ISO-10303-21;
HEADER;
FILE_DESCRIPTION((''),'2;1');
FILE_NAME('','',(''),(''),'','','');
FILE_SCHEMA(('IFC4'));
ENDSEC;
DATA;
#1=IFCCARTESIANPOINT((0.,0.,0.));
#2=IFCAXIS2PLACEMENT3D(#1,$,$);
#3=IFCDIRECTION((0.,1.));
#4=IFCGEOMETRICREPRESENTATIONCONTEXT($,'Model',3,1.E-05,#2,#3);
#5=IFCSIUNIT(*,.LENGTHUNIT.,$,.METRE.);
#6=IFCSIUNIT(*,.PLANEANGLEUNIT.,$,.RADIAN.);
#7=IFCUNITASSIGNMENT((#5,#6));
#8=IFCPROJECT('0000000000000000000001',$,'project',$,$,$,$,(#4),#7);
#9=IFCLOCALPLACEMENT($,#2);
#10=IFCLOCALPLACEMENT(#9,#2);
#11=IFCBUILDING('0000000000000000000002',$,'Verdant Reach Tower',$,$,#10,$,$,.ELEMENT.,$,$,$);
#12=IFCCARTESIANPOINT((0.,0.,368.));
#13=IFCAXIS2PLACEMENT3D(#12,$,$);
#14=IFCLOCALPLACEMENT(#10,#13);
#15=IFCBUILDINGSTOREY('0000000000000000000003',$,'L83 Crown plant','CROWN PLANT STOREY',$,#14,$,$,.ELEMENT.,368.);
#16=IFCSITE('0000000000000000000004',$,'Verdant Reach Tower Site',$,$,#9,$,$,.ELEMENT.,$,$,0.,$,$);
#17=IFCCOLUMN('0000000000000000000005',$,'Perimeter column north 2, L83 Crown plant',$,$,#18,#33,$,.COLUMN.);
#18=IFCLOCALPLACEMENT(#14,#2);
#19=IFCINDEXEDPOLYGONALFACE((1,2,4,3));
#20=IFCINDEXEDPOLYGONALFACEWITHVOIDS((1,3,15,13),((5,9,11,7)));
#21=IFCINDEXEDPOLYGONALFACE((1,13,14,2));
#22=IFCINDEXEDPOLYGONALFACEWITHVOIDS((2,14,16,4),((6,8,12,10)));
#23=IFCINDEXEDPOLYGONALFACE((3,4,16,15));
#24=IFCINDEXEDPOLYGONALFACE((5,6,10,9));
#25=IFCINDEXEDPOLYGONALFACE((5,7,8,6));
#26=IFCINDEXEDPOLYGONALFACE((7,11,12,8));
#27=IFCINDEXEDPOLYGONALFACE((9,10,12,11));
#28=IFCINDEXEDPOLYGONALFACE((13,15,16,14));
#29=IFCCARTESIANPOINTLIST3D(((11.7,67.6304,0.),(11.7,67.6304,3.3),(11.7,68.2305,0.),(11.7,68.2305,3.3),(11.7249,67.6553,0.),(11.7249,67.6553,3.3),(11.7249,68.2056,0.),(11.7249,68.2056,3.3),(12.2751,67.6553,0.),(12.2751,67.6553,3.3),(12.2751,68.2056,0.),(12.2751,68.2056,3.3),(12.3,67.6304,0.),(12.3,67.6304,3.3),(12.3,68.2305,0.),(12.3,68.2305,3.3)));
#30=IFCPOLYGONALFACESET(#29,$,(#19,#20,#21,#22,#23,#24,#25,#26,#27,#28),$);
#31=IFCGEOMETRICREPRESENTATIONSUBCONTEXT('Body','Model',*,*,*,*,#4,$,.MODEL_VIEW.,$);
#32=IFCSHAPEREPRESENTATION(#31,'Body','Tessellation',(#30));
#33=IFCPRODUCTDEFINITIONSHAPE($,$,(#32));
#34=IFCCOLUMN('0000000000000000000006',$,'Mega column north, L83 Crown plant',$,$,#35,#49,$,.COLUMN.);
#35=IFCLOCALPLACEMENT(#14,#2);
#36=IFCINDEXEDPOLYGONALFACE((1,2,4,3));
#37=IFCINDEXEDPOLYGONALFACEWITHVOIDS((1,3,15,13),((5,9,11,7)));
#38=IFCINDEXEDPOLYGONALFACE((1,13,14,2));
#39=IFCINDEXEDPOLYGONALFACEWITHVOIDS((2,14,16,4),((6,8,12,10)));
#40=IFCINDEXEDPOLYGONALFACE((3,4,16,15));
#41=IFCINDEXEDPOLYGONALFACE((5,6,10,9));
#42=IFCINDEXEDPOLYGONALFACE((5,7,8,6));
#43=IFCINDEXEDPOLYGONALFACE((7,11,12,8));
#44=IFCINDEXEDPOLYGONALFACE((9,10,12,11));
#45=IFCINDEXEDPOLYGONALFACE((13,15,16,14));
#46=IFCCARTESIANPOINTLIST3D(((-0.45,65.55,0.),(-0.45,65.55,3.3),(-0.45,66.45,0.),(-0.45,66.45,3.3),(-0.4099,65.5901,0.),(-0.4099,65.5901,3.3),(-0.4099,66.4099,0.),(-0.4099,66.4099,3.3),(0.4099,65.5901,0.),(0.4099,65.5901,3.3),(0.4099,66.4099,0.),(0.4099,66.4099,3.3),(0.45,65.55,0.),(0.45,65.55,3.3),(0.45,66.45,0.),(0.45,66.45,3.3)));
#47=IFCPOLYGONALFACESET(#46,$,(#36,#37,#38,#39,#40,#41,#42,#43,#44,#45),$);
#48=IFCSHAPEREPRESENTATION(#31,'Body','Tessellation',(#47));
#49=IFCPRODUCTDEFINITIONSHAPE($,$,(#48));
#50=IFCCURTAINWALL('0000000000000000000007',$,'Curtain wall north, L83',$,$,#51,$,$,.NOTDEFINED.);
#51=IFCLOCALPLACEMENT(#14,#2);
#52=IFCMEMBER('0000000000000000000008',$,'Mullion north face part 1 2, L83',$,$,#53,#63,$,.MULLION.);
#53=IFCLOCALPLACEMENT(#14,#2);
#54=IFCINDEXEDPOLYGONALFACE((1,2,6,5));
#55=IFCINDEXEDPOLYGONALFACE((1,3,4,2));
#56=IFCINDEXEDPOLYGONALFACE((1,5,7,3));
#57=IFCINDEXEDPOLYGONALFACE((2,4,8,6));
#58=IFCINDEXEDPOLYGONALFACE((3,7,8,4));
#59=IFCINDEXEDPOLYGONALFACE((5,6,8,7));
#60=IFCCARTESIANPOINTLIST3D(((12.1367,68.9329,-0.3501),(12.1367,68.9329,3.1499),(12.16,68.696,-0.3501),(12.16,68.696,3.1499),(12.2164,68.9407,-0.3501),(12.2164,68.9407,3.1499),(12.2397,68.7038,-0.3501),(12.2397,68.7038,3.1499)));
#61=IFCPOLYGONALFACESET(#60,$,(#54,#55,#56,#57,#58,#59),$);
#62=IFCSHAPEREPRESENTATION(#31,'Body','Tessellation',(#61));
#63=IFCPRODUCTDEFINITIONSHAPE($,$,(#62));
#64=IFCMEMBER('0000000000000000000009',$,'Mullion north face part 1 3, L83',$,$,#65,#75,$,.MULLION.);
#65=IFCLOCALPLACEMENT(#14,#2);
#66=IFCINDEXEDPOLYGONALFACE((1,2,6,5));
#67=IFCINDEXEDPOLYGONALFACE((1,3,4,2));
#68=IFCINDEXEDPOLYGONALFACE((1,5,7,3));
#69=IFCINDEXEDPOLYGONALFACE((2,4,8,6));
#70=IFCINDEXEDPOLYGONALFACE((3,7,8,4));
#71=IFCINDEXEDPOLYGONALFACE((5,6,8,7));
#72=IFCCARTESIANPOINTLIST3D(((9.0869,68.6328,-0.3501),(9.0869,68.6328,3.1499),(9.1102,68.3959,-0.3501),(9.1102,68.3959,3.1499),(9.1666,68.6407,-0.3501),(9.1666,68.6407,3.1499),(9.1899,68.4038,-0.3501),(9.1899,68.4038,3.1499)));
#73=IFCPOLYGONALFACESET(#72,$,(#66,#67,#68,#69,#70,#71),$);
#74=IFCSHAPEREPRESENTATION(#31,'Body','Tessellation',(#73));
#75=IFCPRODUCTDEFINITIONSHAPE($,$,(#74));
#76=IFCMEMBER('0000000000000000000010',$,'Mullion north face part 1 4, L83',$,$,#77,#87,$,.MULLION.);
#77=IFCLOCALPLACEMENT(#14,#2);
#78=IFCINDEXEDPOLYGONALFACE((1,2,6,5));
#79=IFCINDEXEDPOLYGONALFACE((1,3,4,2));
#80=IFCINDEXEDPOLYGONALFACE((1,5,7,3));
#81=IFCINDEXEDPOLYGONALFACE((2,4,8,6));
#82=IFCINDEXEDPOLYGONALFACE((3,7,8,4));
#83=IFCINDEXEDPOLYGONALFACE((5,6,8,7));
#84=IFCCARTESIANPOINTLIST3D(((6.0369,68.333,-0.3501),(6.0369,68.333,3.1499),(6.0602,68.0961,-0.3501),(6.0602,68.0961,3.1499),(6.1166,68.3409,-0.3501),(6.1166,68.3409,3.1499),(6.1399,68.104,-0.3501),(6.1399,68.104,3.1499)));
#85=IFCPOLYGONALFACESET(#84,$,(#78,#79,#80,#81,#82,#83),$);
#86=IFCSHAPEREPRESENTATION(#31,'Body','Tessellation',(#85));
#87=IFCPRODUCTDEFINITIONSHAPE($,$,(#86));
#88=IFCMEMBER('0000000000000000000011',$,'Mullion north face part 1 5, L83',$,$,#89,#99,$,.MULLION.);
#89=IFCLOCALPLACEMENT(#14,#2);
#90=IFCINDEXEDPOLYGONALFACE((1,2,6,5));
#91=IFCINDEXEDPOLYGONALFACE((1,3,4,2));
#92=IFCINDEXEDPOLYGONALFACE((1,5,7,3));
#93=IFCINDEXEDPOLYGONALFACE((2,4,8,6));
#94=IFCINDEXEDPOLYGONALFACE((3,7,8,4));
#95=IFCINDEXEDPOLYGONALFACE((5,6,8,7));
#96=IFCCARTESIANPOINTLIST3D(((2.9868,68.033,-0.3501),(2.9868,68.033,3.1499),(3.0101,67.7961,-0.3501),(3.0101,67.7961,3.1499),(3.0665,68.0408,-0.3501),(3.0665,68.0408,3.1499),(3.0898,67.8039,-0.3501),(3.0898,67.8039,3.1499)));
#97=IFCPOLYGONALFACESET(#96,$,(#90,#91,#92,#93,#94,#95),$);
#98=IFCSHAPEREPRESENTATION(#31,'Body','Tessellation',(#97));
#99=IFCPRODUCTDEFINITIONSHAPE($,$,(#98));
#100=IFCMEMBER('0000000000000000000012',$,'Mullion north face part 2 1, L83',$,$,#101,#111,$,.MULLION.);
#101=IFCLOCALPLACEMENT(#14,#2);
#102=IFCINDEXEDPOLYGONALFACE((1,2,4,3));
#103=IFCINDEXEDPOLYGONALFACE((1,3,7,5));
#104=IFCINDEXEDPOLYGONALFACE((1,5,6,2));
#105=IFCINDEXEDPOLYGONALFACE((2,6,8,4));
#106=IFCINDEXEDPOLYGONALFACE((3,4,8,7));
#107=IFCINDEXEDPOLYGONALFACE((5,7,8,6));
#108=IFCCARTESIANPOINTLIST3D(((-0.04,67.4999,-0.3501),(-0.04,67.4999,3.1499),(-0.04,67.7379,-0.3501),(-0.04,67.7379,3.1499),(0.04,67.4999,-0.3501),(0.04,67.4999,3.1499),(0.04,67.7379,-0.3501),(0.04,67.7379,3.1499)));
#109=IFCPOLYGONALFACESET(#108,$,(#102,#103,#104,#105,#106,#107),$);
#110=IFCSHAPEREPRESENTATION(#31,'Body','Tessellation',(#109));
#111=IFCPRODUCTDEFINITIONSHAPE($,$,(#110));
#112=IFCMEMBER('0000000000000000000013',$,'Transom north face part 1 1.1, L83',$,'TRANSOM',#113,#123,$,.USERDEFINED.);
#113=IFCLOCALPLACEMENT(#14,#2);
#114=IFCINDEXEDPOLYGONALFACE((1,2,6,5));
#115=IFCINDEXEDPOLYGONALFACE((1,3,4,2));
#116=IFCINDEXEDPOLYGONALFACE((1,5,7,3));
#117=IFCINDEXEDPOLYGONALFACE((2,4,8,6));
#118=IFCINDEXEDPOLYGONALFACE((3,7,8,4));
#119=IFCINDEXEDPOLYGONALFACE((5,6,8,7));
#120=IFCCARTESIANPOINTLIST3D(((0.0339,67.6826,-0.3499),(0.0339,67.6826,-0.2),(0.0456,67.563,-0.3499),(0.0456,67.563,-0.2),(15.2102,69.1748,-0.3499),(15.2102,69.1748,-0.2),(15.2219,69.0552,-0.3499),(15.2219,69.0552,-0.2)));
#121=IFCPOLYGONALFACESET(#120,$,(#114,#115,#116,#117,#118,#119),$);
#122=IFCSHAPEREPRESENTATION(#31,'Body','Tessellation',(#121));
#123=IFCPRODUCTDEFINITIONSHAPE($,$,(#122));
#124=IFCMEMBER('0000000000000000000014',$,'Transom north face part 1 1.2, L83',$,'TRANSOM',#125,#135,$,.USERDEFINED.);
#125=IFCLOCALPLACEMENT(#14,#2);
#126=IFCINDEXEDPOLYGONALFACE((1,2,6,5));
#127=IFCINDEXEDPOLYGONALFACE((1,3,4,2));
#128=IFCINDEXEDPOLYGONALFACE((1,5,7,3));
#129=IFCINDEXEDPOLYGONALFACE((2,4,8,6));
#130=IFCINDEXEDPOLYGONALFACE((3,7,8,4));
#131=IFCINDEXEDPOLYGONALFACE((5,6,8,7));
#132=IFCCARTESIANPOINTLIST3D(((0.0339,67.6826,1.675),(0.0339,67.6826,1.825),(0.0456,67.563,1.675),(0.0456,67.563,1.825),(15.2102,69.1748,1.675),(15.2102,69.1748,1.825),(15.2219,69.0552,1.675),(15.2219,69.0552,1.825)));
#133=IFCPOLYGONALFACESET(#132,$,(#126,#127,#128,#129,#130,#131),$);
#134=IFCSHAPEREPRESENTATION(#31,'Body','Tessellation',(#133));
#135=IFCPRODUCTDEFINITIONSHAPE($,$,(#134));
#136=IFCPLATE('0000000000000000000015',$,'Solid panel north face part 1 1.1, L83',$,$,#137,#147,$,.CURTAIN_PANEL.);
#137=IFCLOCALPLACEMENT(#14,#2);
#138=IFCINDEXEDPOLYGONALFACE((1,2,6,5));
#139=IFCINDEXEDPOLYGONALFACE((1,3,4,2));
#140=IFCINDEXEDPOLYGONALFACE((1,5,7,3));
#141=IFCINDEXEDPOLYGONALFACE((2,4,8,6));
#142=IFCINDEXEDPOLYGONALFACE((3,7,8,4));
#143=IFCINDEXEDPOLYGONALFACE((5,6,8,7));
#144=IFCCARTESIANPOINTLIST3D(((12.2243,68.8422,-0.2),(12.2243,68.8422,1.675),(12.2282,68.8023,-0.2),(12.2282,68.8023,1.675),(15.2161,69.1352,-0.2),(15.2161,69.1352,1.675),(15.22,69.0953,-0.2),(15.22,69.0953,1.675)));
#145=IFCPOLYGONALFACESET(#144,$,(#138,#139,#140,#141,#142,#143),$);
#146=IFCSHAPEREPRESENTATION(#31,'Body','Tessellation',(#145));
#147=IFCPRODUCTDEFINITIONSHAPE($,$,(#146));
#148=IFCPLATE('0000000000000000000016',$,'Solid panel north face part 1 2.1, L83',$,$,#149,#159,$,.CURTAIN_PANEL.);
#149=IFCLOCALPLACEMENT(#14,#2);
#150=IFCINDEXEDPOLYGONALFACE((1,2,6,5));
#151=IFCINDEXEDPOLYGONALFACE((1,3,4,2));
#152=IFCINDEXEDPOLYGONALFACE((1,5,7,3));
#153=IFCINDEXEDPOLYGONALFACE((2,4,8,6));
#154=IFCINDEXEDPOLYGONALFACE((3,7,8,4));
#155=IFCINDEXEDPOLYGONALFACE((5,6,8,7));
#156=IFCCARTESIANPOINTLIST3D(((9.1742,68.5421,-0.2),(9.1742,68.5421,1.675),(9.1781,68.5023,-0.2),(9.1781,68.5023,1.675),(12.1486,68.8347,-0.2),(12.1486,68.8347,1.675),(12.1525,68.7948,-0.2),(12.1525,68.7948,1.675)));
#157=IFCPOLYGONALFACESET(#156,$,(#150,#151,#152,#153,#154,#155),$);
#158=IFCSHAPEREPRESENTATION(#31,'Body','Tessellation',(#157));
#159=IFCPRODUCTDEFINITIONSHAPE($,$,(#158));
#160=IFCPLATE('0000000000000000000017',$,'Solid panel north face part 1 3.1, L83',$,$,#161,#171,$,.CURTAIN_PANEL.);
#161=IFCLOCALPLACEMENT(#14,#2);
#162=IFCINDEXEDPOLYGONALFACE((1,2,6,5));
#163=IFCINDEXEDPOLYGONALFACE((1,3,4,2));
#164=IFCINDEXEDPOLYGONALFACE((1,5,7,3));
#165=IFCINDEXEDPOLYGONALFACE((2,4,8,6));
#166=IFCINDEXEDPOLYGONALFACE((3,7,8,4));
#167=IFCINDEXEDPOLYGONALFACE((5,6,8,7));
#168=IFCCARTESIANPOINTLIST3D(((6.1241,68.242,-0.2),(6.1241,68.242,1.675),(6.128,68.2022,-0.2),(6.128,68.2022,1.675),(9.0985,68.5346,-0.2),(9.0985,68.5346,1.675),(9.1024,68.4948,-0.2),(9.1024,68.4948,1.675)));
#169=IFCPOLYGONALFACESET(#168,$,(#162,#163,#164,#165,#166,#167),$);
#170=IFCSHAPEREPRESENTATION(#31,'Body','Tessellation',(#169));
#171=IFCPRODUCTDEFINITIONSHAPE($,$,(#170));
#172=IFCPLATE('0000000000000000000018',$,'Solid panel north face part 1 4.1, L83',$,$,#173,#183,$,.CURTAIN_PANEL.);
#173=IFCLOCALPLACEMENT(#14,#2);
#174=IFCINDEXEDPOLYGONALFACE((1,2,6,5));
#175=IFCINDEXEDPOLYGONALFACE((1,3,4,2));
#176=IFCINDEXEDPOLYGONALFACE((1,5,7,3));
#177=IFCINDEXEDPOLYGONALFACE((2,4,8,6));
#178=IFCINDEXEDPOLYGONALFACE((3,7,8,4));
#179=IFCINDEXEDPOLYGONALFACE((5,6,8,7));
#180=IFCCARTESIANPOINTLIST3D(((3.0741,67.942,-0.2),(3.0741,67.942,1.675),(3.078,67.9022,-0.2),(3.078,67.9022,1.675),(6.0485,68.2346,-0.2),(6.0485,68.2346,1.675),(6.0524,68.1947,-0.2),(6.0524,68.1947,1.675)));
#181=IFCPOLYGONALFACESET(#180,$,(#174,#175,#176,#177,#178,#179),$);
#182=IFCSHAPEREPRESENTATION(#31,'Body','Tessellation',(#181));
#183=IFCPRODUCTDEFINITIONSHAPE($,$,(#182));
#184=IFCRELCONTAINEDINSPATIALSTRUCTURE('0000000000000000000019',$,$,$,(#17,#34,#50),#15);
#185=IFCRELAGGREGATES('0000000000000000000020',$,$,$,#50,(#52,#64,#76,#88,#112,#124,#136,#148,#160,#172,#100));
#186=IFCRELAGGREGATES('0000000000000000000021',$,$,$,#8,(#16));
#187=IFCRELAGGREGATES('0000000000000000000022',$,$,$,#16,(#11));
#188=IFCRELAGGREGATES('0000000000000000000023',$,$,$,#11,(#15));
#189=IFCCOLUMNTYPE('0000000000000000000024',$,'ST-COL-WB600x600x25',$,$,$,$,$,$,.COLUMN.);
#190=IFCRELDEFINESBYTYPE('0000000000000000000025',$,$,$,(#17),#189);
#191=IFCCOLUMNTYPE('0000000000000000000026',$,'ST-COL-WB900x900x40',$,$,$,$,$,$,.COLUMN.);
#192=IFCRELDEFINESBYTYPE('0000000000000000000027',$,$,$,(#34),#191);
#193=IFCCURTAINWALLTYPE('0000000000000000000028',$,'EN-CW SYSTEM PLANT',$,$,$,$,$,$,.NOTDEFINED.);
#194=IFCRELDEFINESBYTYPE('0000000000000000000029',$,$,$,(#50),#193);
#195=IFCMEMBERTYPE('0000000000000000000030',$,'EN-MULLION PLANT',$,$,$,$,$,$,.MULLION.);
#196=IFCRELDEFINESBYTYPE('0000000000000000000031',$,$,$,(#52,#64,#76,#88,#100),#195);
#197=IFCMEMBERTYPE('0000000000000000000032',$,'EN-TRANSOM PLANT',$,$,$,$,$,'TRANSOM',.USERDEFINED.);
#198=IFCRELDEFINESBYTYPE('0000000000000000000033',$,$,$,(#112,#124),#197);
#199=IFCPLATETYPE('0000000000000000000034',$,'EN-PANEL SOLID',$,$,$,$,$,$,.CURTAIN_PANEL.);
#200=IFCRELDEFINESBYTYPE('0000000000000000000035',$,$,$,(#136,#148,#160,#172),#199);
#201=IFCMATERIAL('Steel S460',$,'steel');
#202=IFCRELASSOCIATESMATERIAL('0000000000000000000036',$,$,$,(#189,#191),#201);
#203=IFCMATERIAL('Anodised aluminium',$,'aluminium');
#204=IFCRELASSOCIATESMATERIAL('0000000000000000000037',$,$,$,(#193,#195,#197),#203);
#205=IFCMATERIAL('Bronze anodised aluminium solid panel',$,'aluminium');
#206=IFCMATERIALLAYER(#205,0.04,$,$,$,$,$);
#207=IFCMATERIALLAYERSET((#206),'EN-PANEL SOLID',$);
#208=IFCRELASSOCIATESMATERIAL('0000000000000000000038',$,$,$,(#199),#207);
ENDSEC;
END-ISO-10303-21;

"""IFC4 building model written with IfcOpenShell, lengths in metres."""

from ifc_helpers import new_model, si_unit, direction, frame, origin, origin_2d, place, context, subcontext, project, spatial, rectangle, hollow_rectangle, extrude, material, layer, layer_set, material_profile, profile_set, type_object, element, aggregate, save


model = new_model("IFC4")

# Units and contexts
model_context = context("Model", 3, precision=1e-05, world=origin(), true_north=direction((0.0, 1.0)))
body_context = subcontext(model_context, "Body", "Model", "MODEL_VIEW")
ifc_project = project(units=[si_unit("LENGTHUNIT", "METRE"), si_unit("PLANEANGLEUNIT", "RADIAN")], contexts=[model_context])

# Site, building, storey
site_placement = place(None, origin())
site = spatial("IfcSite", under=ifc_project, at=site_placement, Name="Verdant Reach Tower Site", CompositionType="ELEMENT", RefElevation=0.0)
building_placement = place(site_placement, origin())
building = spatial("IfcBuilding", under=site, at=building_placement, Name="Verdant Reach Tower", CompositionType="ELEMENT")
storey_placement = place(building_placement, frame((0.0, 0.0, 368.0)))
storey = spatial("IfcBuildingStorey", under=building, at=storey_placement, Name="L83 Crown plant", Description="CROWN PLANT STOREY", CompositionType="ELEMENT", Elevation=368.0)

# Columns
ifc_material_1 = material(Name="Steel S460", Category="steel")
ifc_material_profile_1 = material_profile(ifc_material_1, hollow_rectangle(XDim=0.6001, YDim=0.6001, WallThickness=0.0249, at=origin_2d()), Name="WB 600x600x25")
ifc_profile_set_1 = profile_set([ifc_material_profile_1], Name="Steel S460")
column_type_1 = type_object("IfcColumnType", Name="ST-COL-WB600x600x25", PredefinedType="COLUMN", material=ifc_profile_set_1)
column_1_placement = place(storey_placement, frame((12.0, 67.9304, 0.0), z_axis=(0.0, 0.0, 1.0), x_axis=(1.0, 0.0, 0.0)))
element("IfcColumn", 1, at=column_1_placement, inside=storey, type_object=column_type_1, Name="Perimeter column north 2, L83 Crown plant", PredefinedType="COLUMN", context=body_context, shape_type="SweptSolid", body=[
    extrude(hollow_rectangle(XDim=0.6001, YDim=0.6001, WallThickness=0.0249, at=origin_2d()), origin(), (0.0, 0.0, 1.0), 3.3),
])
ifc_material_profile_2 = material_profile(ifc_material_1, hollow_rectangle(XDim=0.8999, YDim=0.8999, WallThickness=0.04, at=origin_2d()), Name="WB 900x900x40")
ifc_profile_set_2 = profile_set([ifc_material_profile_2], Name="Steel S460")
column_type_2 = type_object("IfcColumnType", Name="ST-COL-WB900x900x40", PredefinedType="COLUMN", material=ifc_profile_set_2)
column_2_placement = place(storey_placement, frame((0.0, 66.0, 0.0), z_axis=(0.0, 0.0, 1.0), x_axis=(1.0, 0.0, 0.0)))
element("IfcColumn", 2, at=column_2_placement, inside=storey, type_object=column_type_2, Name="Mega column north, L83 Crown plant", PredefinedType="COLUMN", context=body_context, shape_type="SweptSolid", body=[
    extrude(hollow_rectangle(XDim=0.8999, YDim=0.8999, WallThickness=0.04, at=origin_2d()), origin(), (0.0, 0.0, 1.0), 3.3),
])

# Curtain wall, members, plates
ifc_material_2 = material(Name="Anodised aluminium", Category="aluminium")
curtain_wall_type = type_object("IfcCurtainWallType", Name="EN-CW SYSTEM PLANT", PredefinedType="NOTDEFINED", material=ifc_material_2)
curtain_wall_placement = place(storey_placement, origin())
curtain_wall = element("IfcCurtainWall", 3, at=curtain_wall_placement, inside=storey, type_object=curtain_wall_type, Name="Curtain wall north, L83", PredefinedType="NOTDEFINED")
ifc_material_profile_3 = material_profile(ifc_material_2, rectangle(XDim=0.238, YDim=0.0801, at=origin_2d()), Name="Mullion 80x240")
ifc_profile_set_3 = profile_set([ifc_material_profile_3], Name="Anodised aluminium")
member_type_1 = type_object("IfcMemberType", Name="EN-MULLION PLANT", PredefinedType="MULLION", material=ifc_profile_set_3)
member_1_placement = place(storey_placement, frame((12.1882, 68.8184, -0.3501), z_axis=(0.0, 0.0, 1.0), x_axis=(-0.097888, 0.995197, 0.0)))
member_1 = element("IfcMember", 4, at=member_1_placement, type_object=member_type_1, Name="Mullion north face part 1 2, L83", PredefinedType="MULLION", context=body_context, shape_type="SweptSolid", body=[
    extrude(rectangle(XDim=0.238, YDim=0.0801, at=origin_2d()), origin(), (0.0, 0.0, 1.0), 3.5),
])
member_2_placement = place(storey_placement, frame((9.1384, 68.5183, -0.3501), z_axis=(0.0, 0.0, 1.0), x_axis=(-0.097888, 0.995197, 0.0)))
member_2 = element("IfcMember", 5, at=member_2_placement, type_object=member_type_1, Name="Mullion north face part 1 3, L83", PredefinedType="MULLION", context=body_context, shape_type="SweptSolid", body=[
    extrude(rectangle(XDim=0.238, YDim=0.0801, at=origin_2d()), origin(), (0.0, 0.0, 1.0), 3.5),
])
member_3_placement = place(storey_placement, frame((6.0884, 68.2185, -0.3501), z_axis=(0.0, 0.0, 1.0), x_axis=(-0.097888, 0.995197, 0.0)))
member_3 = element("IfcMember", 6, at=member_3_placement, type_object=member_type_1, Name="Mullion north face part 1 4, L83", PredefinedType="MULLION", context=body_context, shape_type="SweptSolid", body=[
    extrude(rectangle(XDim=0.238, YDim=0.0801, at=origin_2d()), origin(), (0.0, 0.0, 1.0), 3.5),
])
member_4_placement = place(storey_placement, frame((3.0383, 67.9185, -0.3501), z_axis=(0.0, 0.0, 1.0), x_axis=(-0.097888, 0.995197, 0.0)))
member_4 = element("IfcMember", 7, at=member_4_placement, type_object=member_type_1, Name="Mullion north face part 1 5, L83", PredefinedType="MULLION", context=body_context, shape_type="SweptSolid", body=[
    extrude(rectangle(XDim=0.238, YDim=0.0801, at=origin_2d()), origin(), (0.0, 0.0, 1.0), 3.5),
])
member_5_placement = place(storey_placement, frame((0.0, 67.6189, -0.3501), z_axis=(0.0, 0.0, 1.0), x_axis=(0.0, 1.0, 0.0)))
member_5 = element("IfcMember", 8, at=member_5_placement, type_object=member_type_1, Name="Mullion north face part 2 1, L83", PredefinedType="MULLION", context=body_context, shape_type="SweptSolid", body=[
    extrude(rectangle(XDim=0.238, YDim=0.0801, at=origin_2d()), origin(), (0.0, 0.0, 1.0), 3.5),
])
ifc_material_profile_4 = material_profile(ifc_material_2, rectangle(XDim=0.1201, YDim=0.1499, at=origin_2d()), Name="Transom 150x120")
ifc_profile_set_4 = profile_set([ifc_material_profile_4], Name="Anodised aluminium")
member_type_2 = type_object("IfcMemberType", Name="EN-TRANSOM PLANT", ElementType="TRANSOM", PredefinedType="USERDEFINED", material=ifc_profile_set_4)
member_6_placement = place(storey_placement, frame((15.2161, 69.115, -0.2749), z_axis=(-0.995201, -0.097852, 0.0), x_axis=(0.097852, -0.995201, 0.0)))
member_6 = element("IfcMember", 9, at=member_6_placement, type_object=member_type_2, Name="Transom north face part 1 1.1, L83", ObjectType="TRANSOM", PredefinedType="USERDEFINED", context=body_context, shape_type="SweptSolid", body=[
    extrude(rectangle(XDim=0.1201, YDim=0.1499, at=origin_2d()), origin(), (0.0, 0.0, 1.0), 15.2495),
])
member_7_placement = place(storey_placement, frame((15.2161, 69.115, 1.75), z_axis=(-0.995201, -0.097852, 0.0), x_axis=(0.097852, -0.995201, 0.0)))
member_7 = element("IfcMember", 10, at=member_7_placement, type_object=member_type_2, Name="Transom north face part 1 1.2, L83", ObjectType="TRANSOM", PredefinedType="USERDEFINED", context=body_context, shape_type="SweptSolid", body=[
    extrude(rectangle(XDim=0.1201, YDim=0.1499, at=origin_2d()), origin(), (0.0, 0.0, 1.0), 15.2495),
])
ifc_material_3 = material(Name="Bronze anodised aluminium solid panel", Category="aluminium")
ifc_layer_1 = layer(ifc_material_3, 0.04)
ifc_layer_set_1 = layer_set([ifc_layer_1], Name="EN-PANEL SOLID")
plate_type = type_object("IfcPlateType", Name="EN-PANEL SOLID", PredefinedType="CURTAIN_PANEL", material=ifc_layer_set_1)
plate_1_placement = place(storey_placement, frame((13.7222, 68.9688, -0.2), z_axis=(0.0, 0.0, 1.0), x_axis=(-0.995238, -0.097473, 0.0)))
plate_1 = element("IfcPlate", 11, at=plate_1_placement, type_object=plate_type, Name="Solid panel north face part 1 1.1, L83", PredefinedType="CURTAIN_PANEL", context=body_context, shape_type="SweptSolid", body=[
    extrude(rectangle(XDim=3.0061, YDim=0.04, at=origin_2d()), origin(), (0.0, 0.0, 1.0), 1.875),
])
plate_2_placement = place(storey_placement, frame((10.6633, 68.6685, -0.2), z_axis=(0.0, 0.0, 1.0), x_axis=(-0.995197, -0.097888, 0.0)))
plate_2 = element("IfcPlate", 12, at=plate_2_placement, type_object=plate_type, Name="Solid panel north face part 1 2.1, L83", PredefinedType="CURTAIN_PANEL", context=body_context, shape_type="SweptSolid", body=[
    extrude(rectangle(XDim=2.9888, YDim=0.04, at=origin_2d()), origin(), (0.0, 0.0, 1.0), 1.875),
])
plate_3_placement = place(storey_placement, frame((7.6133, 68.3684, -0.2), z_axis=(0.0, 0.0, 1.0), x_axis=(-0.995197, -0.097888, 0.0)))
plate_3 = element("IfcPlate", 13, at=plate_3_placement, type_object=plate_type, Name="Solid panel north face part 1 3.1, L83", PredefinedType="CURTAIN_PANEL", context=body_context, shape_type="SweptSolid", body=[
    extrude(rectangle(XDim=2.9888, YDim=0.04, at=origin_2d()), origin(), (0.0, 0.0, 1.0), 1.875),
])
plate_4_placement = place(storey_placement, frame((4.5632, 68.0684, -0.2), z_axis=(0.0, 0.0, 1.0), x_axis=(-0.995197, -0.097888, 0.0)))
plate_4 = element("IfcPlate", 14, at=plate_4_placement, type_object=plate_type, Name="Solid panel north face part 1 4.1, L83", PredefinedType="CURTAIN_PANEL", context=body_context, shape_type="SweptSolid", body=[
    extrude(rectangle(XDim=2.9888, YDim=0.04, at=origin_2d()), origin(), (0.0, 0.0, 1.0), 1.875),
])

aggregate(curtain_wall, [member_1, member_2, member_3, member_4, member_6, member_7, plate_1, plate_2, plate_3, plate_4, member_5])

save(model, "model.ifc")
